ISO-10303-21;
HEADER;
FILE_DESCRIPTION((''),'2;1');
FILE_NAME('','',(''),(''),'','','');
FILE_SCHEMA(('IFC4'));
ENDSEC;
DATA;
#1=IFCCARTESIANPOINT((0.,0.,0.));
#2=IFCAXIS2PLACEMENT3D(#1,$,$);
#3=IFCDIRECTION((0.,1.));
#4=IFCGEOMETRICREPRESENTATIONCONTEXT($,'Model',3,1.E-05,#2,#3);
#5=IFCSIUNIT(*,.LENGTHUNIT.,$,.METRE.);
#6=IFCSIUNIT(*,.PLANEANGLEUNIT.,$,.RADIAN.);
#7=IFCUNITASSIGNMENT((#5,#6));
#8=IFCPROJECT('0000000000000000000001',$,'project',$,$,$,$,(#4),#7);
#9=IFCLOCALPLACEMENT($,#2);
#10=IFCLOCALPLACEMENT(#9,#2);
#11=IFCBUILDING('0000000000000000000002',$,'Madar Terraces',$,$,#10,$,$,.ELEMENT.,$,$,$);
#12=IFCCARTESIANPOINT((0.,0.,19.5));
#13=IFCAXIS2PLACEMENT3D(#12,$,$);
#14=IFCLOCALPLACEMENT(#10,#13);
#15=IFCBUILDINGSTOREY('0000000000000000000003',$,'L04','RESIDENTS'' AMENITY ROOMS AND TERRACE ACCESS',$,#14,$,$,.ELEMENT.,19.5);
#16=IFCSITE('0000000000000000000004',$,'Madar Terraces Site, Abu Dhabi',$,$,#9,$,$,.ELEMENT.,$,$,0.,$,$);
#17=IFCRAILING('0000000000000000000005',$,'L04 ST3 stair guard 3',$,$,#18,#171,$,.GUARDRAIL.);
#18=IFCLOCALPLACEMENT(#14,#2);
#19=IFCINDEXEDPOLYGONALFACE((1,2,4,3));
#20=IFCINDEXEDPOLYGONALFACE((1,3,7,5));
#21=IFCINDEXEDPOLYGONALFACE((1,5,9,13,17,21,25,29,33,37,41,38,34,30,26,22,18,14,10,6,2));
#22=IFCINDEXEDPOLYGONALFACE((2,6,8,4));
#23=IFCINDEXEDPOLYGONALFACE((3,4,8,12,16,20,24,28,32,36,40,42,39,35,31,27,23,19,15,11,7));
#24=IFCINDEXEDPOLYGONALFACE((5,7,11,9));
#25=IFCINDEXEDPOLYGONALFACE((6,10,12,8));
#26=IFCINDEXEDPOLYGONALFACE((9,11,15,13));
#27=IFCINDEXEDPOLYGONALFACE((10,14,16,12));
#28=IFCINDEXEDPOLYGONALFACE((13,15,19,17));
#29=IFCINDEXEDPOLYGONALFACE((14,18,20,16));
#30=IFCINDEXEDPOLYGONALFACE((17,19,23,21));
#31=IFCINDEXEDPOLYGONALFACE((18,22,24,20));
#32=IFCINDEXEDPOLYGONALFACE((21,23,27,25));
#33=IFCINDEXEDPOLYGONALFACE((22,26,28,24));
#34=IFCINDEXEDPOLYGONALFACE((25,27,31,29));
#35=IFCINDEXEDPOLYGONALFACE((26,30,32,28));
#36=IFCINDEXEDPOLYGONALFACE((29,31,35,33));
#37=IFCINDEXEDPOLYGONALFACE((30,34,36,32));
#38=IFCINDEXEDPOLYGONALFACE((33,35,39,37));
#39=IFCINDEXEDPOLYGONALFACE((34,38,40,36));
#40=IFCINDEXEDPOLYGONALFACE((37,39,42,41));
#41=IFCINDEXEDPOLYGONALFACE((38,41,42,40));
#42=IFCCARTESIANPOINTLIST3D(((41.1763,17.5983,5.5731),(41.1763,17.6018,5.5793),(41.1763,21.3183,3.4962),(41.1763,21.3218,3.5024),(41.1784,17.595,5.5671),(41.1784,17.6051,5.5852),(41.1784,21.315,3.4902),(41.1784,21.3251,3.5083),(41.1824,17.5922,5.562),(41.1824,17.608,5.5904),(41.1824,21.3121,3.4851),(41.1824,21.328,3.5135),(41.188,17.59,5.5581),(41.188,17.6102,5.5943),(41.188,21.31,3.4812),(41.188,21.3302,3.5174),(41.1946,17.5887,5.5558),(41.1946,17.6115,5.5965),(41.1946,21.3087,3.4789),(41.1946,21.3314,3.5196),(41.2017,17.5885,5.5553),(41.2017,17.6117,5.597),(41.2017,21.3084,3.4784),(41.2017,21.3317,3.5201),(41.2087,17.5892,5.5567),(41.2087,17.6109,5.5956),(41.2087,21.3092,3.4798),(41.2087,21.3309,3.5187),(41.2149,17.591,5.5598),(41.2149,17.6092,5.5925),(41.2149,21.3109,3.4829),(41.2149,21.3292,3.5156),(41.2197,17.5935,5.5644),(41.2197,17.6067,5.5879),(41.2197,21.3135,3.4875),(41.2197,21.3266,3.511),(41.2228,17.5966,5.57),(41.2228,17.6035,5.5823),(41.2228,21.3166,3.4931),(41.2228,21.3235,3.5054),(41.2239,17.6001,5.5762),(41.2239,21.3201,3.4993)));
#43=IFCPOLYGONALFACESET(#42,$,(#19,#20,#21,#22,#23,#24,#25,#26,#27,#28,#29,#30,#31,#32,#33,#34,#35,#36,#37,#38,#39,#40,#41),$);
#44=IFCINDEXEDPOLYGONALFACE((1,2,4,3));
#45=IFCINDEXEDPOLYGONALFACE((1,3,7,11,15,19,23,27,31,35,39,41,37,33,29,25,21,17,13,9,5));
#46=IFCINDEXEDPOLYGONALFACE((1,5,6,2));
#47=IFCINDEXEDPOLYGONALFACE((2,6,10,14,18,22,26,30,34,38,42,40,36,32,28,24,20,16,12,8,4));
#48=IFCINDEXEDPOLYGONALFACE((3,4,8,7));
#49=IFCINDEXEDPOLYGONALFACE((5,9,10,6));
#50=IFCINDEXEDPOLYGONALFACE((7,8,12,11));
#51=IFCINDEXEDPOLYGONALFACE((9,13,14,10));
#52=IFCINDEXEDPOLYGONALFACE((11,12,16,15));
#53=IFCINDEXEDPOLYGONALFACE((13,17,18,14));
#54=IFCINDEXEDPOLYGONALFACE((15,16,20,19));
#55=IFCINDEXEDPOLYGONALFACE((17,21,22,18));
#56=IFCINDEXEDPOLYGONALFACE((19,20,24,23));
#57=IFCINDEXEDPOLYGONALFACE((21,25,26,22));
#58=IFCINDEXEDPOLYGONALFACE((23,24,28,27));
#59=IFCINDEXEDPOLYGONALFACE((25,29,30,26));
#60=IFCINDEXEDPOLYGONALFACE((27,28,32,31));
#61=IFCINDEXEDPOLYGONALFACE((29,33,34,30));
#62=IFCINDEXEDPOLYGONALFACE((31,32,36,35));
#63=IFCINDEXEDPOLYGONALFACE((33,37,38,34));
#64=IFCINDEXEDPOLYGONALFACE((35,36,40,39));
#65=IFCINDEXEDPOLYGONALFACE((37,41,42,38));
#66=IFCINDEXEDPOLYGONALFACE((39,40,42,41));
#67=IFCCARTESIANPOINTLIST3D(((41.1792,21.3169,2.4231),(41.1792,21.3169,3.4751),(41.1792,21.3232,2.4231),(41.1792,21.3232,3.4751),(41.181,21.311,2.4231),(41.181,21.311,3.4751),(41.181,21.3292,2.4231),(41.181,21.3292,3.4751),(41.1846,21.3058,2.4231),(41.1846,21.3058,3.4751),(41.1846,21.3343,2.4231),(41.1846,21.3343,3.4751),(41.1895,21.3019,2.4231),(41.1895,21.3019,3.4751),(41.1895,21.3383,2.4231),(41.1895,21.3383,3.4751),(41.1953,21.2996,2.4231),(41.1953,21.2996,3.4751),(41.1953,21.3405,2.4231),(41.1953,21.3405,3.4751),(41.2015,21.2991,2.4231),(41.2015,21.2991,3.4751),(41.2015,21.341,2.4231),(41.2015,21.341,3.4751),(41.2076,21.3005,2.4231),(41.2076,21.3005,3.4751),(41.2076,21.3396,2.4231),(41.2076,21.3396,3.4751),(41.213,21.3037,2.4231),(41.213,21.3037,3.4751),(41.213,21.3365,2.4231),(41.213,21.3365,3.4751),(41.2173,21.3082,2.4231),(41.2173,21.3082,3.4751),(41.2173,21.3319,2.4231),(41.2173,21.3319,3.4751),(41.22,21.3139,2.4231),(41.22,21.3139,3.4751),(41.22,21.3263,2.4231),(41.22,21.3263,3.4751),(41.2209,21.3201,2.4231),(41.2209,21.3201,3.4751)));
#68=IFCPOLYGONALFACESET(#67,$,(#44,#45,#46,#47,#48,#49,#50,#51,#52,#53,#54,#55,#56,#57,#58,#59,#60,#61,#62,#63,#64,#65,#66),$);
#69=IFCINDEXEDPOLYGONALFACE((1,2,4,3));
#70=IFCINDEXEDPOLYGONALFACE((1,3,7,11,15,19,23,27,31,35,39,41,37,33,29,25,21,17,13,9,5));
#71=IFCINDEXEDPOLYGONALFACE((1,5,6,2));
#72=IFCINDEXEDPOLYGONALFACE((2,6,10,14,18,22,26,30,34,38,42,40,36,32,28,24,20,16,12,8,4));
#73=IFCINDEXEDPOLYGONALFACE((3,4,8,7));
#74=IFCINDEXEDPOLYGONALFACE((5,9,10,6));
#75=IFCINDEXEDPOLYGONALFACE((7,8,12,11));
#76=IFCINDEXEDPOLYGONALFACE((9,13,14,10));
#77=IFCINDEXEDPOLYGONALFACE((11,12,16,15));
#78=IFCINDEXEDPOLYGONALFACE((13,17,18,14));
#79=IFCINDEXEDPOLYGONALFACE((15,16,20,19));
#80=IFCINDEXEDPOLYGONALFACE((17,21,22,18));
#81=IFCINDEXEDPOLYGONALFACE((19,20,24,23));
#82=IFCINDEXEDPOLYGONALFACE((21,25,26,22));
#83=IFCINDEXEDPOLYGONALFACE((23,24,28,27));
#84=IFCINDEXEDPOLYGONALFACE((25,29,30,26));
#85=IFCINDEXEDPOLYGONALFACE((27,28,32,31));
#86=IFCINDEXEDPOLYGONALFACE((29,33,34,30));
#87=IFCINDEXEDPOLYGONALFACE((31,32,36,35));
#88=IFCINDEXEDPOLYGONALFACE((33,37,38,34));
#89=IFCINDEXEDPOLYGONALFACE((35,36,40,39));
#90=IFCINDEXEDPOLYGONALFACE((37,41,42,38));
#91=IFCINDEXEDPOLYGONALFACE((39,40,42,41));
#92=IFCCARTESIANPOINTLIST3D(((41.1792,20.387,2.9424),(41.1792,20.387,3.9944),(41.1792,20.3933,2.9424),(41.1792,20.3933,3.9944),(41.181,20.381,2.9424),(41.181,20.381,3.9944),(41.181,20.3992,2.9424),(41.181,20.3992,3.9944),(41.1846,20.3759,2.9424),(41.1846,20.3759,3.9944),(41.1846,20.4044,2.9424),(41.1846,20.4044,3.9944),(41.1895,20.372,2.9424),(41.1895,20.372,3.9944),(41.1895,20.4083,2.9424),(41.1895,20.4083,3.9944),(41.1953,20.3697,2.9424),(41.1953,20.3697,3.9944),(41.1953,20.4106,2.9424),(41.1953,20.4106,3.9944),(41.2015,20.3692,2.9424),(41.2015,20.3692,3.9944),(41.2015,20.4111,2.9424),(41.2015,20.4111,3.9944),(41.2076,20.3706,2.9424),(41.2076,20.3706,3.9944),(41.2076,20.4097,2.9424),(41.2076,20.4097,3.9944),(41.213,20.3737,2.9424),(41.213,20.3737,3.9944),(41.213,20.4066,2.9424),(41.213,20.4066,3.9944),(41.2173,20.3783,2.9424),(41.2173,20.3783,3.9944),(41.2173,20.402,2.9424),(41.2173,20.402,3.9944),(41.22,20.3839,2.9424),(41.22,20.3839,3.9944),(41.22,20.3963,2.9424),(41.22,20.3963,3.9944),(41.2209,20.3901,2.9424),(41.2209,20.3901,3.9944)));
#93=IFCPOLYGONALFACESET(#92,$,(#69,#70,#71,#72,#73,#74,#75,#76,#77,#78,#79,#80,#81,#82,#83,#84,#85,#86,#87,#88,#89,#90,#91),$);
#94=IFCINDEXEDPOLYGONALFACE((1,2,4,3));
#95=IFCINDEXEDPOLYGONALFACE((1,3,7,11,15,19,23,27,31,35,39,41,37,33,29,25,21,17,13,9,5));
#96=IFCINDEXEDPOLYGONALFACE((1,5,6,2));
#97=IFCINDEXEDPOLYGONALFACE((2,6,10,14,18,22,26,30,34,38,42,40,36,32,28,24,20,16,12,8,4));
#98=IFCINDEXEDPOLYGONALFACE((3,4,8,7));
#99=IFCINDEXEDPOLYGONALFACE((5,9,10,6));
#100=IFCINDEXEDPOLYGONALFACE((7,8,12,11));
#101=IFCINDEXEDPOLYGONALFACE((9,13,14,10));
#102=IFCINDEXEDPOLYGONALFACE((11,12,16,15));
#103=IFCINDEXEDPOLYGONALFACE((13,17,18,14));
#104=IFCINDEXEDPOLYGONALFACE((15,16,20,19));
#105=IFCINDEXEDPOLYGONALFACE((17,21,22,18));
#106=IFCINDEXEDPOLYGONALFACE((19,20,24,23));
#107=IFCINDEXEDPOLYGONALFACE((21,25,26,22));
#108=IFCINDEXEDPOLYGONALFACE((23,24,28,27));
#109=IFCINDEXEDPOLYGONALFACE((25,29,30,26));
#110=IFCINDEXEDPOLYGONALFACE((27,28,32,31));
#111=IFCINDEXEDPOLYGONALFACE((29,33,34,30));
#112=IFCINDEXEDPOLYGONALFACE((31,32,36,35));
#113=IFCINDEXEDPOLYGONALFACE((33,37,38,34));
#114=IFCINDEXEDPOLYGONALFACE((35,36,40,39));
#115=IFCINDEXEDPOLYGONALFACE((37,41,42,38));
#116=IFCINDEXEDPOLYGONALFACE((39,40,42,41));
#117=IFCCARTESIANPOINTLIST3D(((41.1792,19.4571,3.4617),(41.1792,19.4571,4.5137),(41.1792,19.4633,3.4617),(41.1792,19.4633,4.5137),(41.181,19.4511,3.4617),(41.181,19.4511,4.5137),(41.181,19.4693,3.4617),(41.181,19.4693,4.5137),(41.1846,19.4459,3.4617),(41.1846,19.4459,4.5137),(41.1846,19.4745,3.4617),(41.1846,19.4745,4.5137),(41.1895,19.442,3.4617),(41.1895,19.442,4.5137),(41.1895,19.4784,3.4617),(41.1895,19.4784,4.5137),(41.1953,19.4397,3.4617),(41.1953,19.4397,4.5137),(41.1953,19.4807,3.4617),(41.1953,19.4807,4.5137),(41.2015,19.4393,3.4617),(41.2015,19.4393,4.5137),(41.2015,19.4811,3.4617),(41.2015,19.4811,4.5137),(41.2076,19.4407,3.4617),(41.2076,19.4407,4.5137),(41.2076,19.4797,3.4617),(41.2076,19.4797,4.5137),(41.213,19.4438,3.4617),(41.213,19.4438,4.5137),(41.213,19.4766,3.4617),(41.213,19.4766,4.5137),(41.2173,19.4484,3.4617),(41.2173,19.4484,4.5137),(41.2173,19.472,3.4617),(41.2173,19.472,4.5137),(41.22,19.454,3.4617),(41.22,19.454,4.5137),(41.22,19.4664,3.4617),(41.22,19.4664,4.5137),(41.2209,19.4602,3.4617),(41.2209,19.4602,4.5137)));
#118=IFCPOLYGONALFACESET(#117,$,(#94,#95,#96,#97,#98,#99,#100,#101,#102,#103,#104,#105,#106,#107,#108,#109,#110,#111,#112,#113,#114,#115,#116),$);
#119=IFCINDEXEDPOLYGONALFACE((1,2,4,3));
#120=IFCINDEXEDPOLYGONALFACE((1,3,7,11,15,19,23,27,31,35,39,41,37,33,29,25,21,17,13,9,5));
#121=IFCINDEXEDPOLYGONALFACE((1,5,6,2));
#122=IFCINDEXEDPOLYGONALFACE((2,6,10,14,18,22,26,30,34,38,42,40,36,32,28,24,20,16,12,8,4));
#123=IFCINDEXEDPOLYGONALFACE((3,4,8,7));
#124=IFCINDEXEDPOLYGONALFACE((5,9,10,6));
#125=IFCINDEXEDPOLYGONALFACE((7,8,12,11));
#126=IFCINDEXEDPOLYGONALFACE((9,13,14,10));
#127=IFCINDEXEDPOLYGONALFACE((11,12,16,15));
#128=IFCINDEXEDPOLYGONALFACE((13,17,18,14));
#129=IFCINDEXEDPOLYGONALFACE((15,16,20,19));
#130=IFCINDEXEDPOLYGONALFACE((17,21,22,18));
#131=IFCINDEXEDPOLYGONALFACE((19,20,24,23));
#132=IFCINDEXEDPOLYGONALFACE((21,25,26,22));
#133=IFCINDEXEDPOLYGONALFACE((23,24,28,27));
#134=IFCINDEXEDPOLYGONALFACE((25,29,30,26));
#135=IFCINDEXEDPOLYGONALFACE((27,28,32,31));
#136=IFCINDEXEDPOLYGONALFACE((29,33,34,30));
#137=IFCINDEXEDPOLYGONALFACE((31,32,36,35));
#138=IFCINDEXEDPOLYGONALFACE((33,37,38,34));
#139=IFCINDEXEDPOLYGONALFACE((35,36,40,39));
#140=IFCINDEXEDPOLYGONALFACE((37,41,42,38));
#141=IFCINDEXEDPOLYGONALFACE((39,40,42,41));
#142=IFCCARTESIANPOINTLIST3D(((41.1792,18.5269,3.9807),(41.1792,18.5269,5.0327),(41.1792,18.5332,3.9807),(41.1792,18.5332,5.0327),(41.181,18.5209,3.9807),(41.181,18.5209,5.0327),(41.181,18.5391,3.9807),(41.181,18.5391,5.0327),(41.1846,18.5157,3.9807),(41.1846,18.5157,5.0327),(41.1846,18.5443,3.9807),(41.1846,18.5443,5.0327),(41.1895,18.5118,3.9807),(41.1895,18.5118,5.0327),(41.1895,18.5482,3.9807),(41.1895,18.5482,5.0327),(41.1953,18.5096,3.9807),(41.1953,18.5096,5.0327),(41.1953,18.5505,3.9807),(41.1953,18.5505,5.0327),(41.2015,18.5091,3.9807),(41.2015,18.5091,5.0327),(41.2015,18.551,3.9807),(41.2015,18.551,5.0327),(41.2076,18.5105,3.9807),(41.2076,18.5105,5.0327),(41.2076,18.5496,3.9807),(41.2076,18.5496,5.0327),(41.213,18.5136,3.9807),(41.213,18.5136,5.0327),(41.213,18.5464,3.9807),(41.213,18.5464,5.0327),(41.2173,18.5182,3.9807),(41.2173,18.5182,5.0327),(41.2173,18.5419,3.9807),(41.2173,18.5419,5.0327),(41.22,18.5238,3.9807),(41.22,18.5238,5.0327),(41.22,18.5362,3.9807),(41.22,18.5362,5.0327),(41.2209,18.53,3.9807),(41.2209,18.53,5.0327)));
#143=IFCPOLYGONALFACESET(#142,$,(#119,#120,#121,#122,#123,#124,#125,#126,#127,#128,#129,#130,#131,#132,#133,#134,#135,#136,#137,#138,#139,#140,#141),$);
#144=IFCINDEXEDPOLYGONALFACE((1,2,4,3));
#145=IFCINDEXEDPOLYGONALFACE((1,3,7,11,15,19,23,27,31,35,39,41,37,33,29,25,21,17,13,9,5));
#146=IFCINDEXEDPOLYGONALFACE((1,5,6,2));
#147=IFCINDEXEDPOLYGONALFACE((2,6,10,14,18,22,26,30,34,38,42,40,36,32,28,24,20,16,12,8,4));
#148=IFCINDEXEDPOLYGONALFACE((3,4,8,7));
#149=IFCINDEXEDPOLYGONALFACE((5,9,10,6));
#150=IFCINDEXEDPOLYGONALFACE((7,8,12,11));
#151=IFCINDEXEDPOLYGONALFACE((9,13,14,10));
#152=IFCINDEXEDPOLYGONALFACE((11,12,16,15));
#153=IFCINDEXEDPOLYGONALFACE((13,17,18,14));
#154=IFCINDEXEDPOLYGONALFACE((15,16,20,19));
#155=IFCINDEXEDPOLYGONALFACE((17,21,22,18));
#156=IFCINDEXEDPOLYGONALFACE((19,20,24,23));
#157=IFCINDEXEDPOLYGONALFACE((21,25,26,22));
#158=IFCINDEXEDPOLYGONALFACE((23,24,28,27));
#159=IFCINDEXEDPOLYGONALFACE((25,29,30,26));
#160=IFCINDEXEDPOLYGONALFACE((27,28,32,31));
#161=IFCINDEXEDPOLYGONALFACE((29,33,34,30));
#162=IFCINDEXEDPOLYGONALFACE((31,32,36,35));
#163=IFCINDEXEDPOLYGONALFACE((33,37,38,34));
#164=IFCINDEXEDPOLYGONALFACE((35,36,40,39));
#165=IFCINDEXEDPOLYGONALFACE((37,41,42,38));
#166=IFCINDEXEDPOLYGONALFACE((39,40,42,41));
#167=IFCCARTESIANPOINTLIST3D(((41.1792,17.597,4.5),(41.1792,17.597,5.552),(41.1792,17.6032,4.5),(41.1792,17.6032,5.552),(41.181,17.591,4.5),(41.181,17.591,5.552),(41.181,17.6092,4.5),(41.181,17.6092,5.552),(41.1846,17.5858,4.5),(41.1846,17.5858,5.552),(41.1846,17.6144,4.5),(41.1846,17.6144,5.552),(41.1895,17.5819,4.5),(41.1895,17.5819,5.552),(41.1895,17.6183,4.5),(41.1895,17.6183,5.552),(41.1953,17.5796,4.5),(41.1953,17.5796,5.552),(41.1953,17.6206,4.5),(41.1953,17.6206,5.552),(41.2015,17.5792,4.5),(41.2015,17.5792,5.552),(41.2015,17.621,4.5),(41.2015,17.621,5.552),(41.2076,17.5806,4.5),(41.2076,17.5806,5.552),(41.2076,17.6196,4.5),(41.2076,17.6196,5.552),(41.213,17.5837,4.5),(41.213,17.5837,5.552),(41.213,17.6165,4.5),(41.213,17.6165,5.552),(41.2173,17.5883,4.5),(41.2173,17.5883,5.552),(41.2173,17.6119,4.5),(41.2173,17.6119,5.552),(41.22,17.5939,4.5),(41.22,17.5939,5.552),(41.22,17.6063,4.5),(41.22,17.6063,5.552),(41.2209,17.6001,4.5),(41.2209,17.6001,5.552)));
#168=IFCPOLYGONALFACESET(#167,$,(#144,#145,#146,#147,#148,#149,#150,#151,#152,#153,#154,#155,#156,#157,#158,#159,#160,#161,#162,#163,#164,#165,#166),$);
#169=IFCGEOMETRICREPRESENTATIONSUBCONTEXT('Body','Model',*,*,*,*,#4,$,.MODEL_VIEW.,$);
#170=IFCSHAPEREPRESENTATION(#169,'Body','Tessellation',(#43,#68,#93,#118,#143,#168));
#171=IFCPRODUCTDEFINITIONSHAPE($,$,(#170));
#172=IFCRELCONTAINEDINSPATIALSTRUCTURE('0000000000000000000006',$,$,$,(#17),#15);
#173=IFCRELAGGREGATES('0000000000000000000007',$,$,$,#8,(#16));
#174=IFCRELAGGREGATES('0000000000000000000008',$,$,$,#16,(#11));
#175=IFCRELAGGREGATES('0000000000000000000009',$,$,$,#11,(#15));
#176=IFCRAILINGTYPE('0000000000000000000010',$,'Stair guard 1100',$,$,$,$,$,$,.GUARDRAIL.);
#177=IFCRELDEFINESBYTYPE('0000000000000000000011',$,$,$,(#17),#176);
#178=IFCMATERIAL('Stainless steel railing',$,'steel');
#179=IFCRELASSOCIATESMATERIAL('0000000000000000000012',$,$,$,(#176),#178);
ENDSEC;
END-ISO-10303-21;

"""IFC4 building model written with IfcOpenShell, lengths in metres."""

from ifc_helpers import new_model, si_unit, direction, frame, origin, origin_2d, place, context, subcontext, project, spatial, circle, extrude, material, type_object, element, save


model = new_model("IFC4")

# Units and contexts
model_context = context("Model", 3, precision=1e-05, world=origin(), true_north=direction((0.0, 1.0)))
body_context = subcontext(model_context, "Body", "Model", "MODEL_VIEW")
ifc_project = project(units=[si_unit("LENGTHUNIT", "METRE"), si_unit("PLANEANGLEUNIT", "RADIAN")], contexts=[model_context])

# Site, building, storey
site_placement = place(None, origin())
site = spatial("IfcSite", under=ifc_project, at=site_placement, Name="Madar Terraces Site, Abu Dhabi", CompositionType="ELEMENT", RefElevation=0.0)
building_placement = place(site_placement, origin())
building = spatial("IfcBuilding", under=site, at=building_placement, Name="Madar Terraces", CompositionType="ELEMENT")
storey_placement = place(building_placement, frame((0.0, 0.0, 19.5)))
storey = spatial("IfcBuildingStorey", under=building, at=storey_placement, Name="L04", Description="RESIDENTS' AMENITY ROOMS AND TERRACE ACCESS", CompositionType="ELEMENT", Elevation=19.5)

# Railing
ifc_material_1 = material(Name="Stainless steel railing", Category="steel")
railing_type_1 = type_object("IfcRailingType", Name="Stair guard 1100", PredefinedType="GUARDRAIL", material=ifc_material_1)
railing_1_placement = place(storey_placement, frame((41.2, 21.3201, 2.4231)))
element("IfcRailing", 1, at=railing_1_placement, inside=storey, type_object=railing_type_1, Name="L04 ST3 stair guard 3", PredefinedType="GUARDRAIL", context=body_context, shape_type="SweptSolid", body=[
    extrude(circle(Radius=0.0239, at=origin_2d()), frame((0.0, 0.0, 1.0762), z_axis=(0.0, -0.873134, 0.487481), x_axis=(1.0, 0.0, 0.0)), (0.0, 0.0, 1.0), 4.2605),
    extrude(circle(Radius=0.021, at=origin_2d()), origin(), (0.0, 0.0, 1.0), 1.052),
    extrude(circle(Radius=0.021, at=origin_2d()), frame((0.0, -0.9299, 0.5193)), (0.0, 0.0, 1.0), 1.052),
    extrude(circle(Radius=0.021, at=origin_2d()), frame((0.0, -1.8599, 1.0386)), (0.0, 0.0, 1.0), 1.052),
    extrude(circle(Radius=0.021, at=origin_2d()), frame((0.0, -2.79, 1.5576)), (0.0, 0.0, 1.0), 1.052),
    extrude(circle(Radius=0.021, at=origin_2d()), frame((0.0, -3.72, 2.0769)), (0.0, 0.0, 1.0), 1.052),
])

save(model, "model.ifc")
